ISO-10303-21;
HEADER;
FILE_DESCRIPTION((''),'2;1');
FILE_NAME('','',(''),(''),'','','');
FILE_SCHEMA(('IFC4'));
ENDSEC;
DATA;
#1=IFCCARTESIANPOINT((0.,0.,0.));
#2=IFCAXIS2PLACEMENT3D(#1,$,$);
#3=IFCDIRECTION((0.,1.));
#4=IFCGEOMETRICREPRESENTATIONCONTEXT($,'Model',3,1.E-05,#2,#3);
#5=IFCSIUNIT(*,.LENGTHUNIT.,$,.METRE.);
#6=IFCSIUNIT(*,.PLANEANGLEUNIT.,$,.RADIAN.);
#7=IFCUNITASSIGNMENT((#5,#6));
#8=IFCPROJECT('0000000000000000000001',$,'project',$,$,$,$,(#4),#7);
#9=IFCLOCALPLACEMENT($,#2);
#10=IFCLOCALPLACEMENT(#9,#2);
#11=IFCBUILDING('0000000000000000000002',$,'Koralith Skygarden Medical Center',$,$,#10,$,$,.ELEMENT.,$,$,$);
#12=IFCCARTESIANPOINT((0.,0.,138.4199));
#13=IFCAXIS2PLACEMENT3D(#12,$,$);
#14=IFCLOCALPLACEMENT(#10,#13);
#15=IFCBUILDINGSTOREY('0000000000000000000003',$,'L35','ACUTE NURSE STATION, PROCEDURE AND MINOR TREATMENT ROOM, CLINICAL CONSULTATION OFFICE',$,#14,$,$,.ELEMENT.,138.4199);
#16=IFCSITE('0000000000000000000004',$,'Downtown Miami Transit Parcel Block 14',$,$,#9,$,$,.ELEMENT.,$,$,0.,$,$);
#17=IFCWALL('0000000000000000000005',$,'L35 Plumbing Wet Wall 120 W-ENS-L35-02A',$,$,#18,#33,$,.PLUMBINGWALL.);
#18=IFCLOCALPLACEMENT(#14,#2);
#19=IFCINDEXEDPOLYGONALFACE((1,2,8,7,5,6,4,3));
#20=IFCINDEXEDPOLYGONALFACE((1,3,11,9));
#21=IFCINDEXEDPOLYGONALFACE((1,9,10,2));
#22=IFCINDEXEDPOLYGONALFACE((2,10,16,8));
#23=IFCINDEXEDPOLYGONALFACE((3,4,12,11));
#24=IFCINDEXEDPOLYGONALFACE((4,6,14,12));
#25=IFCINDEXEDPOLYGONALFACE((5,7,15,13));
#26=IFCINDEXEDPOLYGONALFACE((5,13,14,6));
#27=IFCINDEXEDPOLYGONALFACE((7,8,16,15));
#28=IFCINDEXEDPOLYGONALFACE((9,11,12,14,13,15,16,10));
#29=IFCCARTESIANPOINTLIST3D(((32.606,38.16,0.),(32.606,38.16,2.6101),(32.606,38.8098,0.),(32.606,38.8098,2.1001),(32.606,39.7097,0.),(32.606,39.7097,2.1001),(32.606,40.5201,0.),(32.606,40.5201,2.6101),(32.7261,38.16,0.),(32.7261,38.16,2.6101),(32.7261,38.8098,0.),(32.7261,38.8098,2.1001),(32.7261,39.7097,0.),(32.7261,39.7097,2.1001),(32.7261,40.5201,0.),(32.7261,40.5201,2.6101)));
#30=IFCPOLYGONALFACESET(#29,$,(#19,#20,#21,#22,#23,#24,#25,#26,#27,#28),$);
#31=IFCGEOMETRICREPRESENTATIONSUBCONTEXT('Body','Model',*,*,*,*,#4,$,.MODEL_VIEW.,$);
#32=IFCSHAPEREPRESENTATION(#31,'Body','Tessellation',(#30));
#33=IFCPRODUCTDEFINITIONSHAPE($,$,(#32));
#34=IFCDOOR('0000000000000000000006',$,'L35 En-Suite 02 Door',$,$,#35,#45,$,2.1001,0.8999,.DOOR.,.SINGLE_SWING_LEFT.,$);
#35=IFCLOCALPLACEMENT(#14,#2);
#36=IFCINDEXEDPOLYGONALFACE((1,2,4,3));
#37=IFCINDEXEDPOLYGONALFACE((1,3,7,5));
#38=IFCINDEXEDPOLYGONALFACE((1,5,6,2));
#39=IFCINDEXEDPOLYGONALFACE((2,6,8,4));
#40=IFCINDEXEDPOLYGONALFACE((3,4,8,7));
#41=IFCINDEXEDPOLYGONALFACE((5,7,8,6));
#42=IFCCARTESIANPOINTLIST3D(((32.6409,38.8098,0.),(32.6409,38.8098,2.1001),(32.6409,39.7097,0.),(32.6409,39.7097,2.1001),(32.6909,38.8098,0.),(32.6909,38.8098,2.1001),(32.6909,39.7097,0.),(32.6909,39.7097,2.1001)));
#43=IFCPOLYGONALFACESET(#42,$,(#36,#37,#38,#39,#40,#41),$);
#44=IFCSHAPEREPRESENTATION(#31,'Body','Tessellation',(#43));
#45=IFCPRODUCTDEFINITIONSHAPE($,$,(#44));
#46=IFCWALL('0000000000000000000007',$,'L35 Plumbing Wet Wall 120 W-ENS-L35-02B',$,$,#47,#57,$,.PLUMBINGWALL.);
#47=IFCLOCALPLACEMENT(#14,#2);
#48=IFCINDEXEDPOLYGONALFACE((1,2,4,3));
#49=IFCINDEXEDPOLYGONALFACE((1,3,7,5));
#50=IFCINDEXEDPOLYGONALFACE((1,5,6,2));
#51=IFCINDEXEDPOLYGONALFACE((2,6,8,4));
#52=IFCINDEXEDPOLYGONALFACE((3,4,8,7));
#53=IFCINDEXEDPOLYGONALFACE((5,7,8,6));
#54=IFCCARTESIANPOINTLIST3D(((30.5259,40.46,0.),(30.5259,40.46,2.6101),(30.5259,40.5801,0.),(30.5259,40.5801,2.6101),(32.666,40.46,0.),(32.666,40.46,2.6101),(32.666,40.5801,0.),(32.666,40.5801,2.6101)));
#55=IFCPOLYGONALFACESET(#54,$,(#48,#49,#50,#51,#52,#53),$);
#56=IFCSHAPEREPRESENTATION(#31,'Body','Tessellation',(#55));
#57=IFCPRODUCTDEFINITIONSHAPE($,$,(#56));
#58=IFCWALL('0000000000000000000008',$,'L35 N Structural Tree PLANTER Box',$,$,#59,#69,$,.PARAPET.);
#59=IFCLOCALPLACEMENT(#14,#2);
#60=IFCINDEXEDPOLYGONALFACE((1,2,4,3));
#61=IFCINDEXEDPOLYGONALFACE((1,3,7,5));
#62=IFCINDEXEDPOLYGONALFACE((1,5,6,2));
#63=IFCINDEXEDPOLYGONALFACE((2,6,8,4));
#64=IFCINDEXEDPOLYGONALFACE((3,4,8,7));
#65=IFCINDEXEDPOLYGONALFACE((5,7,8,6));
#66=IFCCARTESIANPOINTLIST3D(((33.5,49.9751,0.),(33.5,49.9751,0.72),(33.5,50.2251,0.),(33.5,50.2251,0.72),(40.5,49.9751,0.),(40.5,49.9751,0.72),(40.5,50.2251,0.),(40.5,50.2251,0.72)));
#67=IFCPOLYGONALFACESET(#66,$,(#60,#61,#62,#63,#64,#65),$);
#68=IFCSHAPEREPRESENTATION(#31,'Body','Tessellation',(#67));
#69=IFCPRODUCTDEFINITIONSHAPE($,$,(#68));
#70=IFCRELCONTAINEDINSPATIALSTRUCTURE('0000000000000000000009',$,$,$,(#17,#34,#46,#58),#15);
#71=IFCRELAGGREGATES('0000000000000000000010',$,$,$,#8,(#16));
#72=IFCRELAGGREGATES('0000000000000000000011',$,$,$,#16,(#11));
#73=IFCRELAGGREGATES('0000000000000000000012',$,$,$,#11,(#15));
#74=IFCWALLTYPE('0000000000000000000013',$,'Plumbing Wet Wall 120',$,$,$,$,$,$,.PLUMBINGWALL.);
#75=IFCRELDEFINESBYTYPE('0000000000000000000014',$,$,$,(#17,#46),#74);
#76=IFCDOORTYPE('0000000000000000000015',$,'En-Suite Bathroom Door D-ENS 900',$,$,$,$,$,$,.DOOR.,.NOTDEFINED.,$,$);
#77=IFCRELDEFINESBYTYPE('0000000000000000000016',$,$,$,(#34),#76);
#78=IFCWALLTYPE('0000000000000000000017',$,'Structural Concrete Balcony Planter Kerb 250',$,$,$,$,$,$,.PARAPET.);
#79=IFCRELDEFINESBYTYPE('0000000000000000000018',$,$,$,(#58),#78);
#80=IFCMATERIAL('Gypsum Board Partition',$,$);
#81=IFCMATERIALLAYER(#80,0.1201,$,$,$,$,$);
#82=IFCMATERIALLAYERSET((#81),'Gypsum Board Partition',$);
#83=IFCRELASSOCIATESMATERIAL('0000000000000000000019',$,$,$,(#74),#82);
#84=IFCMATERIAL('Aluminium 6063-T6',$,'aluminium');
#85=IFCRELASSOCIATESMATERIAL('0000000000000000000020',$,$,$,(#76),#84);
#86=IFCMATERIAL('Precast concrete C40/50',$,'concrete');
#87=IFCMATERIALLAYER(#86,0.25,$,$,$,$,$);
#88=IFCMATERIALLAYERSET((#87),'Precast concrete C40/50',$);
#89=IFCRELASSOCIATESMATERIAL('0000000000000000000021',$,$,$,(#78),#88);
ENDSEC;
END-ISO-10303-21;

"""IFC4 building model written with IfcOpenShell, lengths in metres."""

from ifc_helpers import new_model, si_unit, direction, frame, frame_2d, origin, place, context, subcontext, project, spatial, rectangle, extrude, material, layer, layer_set, type_object, element, fill, save


model = new_model("IFC4")

# Units and contexts
model_context = context("Model", 3, precision=1e-05, world=origin(), true_north=direction((0.0, 1.0)))
body_context = subcontext(model_context, "Body", "Model", "MODEL_VIEW")
ifc_project = project(units=[si_unit("LENGTHUNIT", "METRE"), si_unit("PLANEANGLEUNIT", "RADIAN")], contexts=[model_context])

# Site, building, storey
site_placement = place(None, origin())
site = spatial("IfcSite", under=ifc_project, at=site_placement, Name="Downtown Miami Transit Parcel Block 14", CompositionType="ELEMENT", RefElevation=0.0)
building_placement = place(site_placement, origin())
building = spatial("IfcBuilding", under=site, at=building_placement, Name="Koralith Skygarden Medical Center", CompositionType="ELEMENT")
storey_placement = place(building_placement, frame((0.0, 0.0, 138.4199)))
storey = spatial("IfcBuildingStorey", under=building, at=storey_placement, Name="L35", Description="ACUTE NURSE STATION, PROCEDURE AND MINOR TREATMENT ROOM, CLINICAL CONSULTATION OFFICE", CompositionType="ELEMENT", Elevation=138.4199)

# Shared definitions
ifc_material_1 = material(Name="Aluminium 6063-T6", Category="aluminium")

# Shared definitions
ifc_material_2 = material(Name="Gypsum Board Partition")

# Wall, opening, door
ifc_layer_1 = layer(ifc_material_2, 0.1201)
ifc_layer_set_1 = layer_set([ifc_layer_1], Name="Gypsum Board Partition")
wall_type_1 = type_object("IfcWallType", Name="Plumbing Wet Wall 120", PredefinedType="PLUMBINGWALL", material=ifc_layer_set_1)
wall_1_placement = place(storey_placement, frame((32.666, 38.1599, 0.0), z_axis=(0.0, 0.0, 1.0), x_axis=(0.0, 1.0, 0.0)))
wall_1 = element("IfcWall", 1, at=wall_1_placement, inside=storey, type_object=wall_type_1, Name="L35 Plumbing Wet Wall 120 W-ENS-L35-02A", PredefinedType="PLUMBINGWALL", context=body_context, shape_type="SweptSolid", body=[
    extrude(rectangle(XDim=2.3601, YDim=0.1201, at=frame_2d((1.1802, 0.0))), origin(), (0.0, 0.0, 1.0), 2.6101),
])
opening_1_placement = place(wall_1_placement, frame((0.6499, 0.0, 0.0)))
opening_1 = element("IfcOpeningElement", 2, at=opening_1_placement, cuts=wall_1, PredefinedType="OPENING", context=body_context, shape_type="SweptSolid", body=[
    extrude(rectangle(XDim=0.8999, YDim=2.1001, at=frame_2d((0.45, 1.05))), frame((0.0, 0.0701, 0.0), z_axis=(0.0, -1.0, 0.0), x_axis=(1.0, 0.0, 0.0)), (0.0, 0.0, 1.0), 0.1401),
])
door_type_1 = type_object("IfcDoorType", Name="En-Suite Bathroom Door D-ENS 900", OperationType="NOTDEFINED", PredefinedType="DOOR", material=ifc_material_1)
door_1_placement = place(opening_1_placement, frame((0.8999, 0.0, 0.0), z_axis=(0.0, 0.0, 1.0), x_axis=(-1.0, 0.0, 0.0)))
door_1 = element("IfcDoor", 3, at=door_1_placement, inside=storey, type_object=door_type_1, Name="L35 En-Suite 02 Door", OperationType="SINGLE_SWING_LEFT", OverallHeight=2.1001, OverallWidth=0.8999, PredefinedType="DOOR", context=body_context, shape_type="SweptSolid", body=[
    extrude(rectangle(XDim=0.8999, YDim=2.1001, at=frame_2d((0.45, 1.05))), frame((0.0, 0.0249, 0.0), z_axis=(0.0, -1.0, 0.0), x_axis=(1.0, 0.0, 0.0)), (0.0, 0.0, 1.0), 0.05),
])
fill(opening_1, door_1)

# Walls
wall_2_placement = place(storey_placement, frame((30.5259, 40.52, 0.0), z_axis=(0.0, 0.0, 1.0), x_axis=(1.0, 0.0, 0.0)))
element("IfcWall", 4, at=wall_2_placement, inside=storey, type_object=wall_type_1, Name="L35 Plumbing Wet Wall 120 W-ENS-L35-02B", PredefinedType="PLUMBINGWALL", context=body_context, shape_type="SweptSolid", body=[
    extrude(rectangle(XDim=2.1401, YDim=0.1201, at=frame_2d((1.0701, 0.0))), origin(), (0.0, 0.0, 1.0), 2.6101),
])
ifc_material_3 = material(Name="Precast concrete C40/50", Category="concrete")
ifc_layer_2 = layer(ifc_material_3, 0.25)
ifc_layer_set_2 = layer_set([ifc_layer_2], Name="Precast concrete C40/50")
wall_type_2 = type_object("IfcWallType", Name="Structural Concrete Balcony Planter Kerb 250", PredefinedType="PARAPET", material=ifc_layer_set_2)
wall_3_placement = place(storey_placement, frame((33.5, 50.1001, 0.0), z_axis=(0.0, 0.0, 1.0), x_axis=(1.0, 0.0, 0.0)))
element("IfcWall", 5, at=wall_3_placement, inside=storey, type_object=wall_type_2, Name="L35 N Structural Tree PLANTER Box", PredefinedType="PARAPET", context=body_context, shape_type="SweptSolid", body=[
    extrude(rectangle(XDim=7.0, YDim=0.25, at=frame_2d((3.5, 0.0))), origin(), (0.0, 0.0, 1.0), 0.72),
])

save(model, "model.ifc")
